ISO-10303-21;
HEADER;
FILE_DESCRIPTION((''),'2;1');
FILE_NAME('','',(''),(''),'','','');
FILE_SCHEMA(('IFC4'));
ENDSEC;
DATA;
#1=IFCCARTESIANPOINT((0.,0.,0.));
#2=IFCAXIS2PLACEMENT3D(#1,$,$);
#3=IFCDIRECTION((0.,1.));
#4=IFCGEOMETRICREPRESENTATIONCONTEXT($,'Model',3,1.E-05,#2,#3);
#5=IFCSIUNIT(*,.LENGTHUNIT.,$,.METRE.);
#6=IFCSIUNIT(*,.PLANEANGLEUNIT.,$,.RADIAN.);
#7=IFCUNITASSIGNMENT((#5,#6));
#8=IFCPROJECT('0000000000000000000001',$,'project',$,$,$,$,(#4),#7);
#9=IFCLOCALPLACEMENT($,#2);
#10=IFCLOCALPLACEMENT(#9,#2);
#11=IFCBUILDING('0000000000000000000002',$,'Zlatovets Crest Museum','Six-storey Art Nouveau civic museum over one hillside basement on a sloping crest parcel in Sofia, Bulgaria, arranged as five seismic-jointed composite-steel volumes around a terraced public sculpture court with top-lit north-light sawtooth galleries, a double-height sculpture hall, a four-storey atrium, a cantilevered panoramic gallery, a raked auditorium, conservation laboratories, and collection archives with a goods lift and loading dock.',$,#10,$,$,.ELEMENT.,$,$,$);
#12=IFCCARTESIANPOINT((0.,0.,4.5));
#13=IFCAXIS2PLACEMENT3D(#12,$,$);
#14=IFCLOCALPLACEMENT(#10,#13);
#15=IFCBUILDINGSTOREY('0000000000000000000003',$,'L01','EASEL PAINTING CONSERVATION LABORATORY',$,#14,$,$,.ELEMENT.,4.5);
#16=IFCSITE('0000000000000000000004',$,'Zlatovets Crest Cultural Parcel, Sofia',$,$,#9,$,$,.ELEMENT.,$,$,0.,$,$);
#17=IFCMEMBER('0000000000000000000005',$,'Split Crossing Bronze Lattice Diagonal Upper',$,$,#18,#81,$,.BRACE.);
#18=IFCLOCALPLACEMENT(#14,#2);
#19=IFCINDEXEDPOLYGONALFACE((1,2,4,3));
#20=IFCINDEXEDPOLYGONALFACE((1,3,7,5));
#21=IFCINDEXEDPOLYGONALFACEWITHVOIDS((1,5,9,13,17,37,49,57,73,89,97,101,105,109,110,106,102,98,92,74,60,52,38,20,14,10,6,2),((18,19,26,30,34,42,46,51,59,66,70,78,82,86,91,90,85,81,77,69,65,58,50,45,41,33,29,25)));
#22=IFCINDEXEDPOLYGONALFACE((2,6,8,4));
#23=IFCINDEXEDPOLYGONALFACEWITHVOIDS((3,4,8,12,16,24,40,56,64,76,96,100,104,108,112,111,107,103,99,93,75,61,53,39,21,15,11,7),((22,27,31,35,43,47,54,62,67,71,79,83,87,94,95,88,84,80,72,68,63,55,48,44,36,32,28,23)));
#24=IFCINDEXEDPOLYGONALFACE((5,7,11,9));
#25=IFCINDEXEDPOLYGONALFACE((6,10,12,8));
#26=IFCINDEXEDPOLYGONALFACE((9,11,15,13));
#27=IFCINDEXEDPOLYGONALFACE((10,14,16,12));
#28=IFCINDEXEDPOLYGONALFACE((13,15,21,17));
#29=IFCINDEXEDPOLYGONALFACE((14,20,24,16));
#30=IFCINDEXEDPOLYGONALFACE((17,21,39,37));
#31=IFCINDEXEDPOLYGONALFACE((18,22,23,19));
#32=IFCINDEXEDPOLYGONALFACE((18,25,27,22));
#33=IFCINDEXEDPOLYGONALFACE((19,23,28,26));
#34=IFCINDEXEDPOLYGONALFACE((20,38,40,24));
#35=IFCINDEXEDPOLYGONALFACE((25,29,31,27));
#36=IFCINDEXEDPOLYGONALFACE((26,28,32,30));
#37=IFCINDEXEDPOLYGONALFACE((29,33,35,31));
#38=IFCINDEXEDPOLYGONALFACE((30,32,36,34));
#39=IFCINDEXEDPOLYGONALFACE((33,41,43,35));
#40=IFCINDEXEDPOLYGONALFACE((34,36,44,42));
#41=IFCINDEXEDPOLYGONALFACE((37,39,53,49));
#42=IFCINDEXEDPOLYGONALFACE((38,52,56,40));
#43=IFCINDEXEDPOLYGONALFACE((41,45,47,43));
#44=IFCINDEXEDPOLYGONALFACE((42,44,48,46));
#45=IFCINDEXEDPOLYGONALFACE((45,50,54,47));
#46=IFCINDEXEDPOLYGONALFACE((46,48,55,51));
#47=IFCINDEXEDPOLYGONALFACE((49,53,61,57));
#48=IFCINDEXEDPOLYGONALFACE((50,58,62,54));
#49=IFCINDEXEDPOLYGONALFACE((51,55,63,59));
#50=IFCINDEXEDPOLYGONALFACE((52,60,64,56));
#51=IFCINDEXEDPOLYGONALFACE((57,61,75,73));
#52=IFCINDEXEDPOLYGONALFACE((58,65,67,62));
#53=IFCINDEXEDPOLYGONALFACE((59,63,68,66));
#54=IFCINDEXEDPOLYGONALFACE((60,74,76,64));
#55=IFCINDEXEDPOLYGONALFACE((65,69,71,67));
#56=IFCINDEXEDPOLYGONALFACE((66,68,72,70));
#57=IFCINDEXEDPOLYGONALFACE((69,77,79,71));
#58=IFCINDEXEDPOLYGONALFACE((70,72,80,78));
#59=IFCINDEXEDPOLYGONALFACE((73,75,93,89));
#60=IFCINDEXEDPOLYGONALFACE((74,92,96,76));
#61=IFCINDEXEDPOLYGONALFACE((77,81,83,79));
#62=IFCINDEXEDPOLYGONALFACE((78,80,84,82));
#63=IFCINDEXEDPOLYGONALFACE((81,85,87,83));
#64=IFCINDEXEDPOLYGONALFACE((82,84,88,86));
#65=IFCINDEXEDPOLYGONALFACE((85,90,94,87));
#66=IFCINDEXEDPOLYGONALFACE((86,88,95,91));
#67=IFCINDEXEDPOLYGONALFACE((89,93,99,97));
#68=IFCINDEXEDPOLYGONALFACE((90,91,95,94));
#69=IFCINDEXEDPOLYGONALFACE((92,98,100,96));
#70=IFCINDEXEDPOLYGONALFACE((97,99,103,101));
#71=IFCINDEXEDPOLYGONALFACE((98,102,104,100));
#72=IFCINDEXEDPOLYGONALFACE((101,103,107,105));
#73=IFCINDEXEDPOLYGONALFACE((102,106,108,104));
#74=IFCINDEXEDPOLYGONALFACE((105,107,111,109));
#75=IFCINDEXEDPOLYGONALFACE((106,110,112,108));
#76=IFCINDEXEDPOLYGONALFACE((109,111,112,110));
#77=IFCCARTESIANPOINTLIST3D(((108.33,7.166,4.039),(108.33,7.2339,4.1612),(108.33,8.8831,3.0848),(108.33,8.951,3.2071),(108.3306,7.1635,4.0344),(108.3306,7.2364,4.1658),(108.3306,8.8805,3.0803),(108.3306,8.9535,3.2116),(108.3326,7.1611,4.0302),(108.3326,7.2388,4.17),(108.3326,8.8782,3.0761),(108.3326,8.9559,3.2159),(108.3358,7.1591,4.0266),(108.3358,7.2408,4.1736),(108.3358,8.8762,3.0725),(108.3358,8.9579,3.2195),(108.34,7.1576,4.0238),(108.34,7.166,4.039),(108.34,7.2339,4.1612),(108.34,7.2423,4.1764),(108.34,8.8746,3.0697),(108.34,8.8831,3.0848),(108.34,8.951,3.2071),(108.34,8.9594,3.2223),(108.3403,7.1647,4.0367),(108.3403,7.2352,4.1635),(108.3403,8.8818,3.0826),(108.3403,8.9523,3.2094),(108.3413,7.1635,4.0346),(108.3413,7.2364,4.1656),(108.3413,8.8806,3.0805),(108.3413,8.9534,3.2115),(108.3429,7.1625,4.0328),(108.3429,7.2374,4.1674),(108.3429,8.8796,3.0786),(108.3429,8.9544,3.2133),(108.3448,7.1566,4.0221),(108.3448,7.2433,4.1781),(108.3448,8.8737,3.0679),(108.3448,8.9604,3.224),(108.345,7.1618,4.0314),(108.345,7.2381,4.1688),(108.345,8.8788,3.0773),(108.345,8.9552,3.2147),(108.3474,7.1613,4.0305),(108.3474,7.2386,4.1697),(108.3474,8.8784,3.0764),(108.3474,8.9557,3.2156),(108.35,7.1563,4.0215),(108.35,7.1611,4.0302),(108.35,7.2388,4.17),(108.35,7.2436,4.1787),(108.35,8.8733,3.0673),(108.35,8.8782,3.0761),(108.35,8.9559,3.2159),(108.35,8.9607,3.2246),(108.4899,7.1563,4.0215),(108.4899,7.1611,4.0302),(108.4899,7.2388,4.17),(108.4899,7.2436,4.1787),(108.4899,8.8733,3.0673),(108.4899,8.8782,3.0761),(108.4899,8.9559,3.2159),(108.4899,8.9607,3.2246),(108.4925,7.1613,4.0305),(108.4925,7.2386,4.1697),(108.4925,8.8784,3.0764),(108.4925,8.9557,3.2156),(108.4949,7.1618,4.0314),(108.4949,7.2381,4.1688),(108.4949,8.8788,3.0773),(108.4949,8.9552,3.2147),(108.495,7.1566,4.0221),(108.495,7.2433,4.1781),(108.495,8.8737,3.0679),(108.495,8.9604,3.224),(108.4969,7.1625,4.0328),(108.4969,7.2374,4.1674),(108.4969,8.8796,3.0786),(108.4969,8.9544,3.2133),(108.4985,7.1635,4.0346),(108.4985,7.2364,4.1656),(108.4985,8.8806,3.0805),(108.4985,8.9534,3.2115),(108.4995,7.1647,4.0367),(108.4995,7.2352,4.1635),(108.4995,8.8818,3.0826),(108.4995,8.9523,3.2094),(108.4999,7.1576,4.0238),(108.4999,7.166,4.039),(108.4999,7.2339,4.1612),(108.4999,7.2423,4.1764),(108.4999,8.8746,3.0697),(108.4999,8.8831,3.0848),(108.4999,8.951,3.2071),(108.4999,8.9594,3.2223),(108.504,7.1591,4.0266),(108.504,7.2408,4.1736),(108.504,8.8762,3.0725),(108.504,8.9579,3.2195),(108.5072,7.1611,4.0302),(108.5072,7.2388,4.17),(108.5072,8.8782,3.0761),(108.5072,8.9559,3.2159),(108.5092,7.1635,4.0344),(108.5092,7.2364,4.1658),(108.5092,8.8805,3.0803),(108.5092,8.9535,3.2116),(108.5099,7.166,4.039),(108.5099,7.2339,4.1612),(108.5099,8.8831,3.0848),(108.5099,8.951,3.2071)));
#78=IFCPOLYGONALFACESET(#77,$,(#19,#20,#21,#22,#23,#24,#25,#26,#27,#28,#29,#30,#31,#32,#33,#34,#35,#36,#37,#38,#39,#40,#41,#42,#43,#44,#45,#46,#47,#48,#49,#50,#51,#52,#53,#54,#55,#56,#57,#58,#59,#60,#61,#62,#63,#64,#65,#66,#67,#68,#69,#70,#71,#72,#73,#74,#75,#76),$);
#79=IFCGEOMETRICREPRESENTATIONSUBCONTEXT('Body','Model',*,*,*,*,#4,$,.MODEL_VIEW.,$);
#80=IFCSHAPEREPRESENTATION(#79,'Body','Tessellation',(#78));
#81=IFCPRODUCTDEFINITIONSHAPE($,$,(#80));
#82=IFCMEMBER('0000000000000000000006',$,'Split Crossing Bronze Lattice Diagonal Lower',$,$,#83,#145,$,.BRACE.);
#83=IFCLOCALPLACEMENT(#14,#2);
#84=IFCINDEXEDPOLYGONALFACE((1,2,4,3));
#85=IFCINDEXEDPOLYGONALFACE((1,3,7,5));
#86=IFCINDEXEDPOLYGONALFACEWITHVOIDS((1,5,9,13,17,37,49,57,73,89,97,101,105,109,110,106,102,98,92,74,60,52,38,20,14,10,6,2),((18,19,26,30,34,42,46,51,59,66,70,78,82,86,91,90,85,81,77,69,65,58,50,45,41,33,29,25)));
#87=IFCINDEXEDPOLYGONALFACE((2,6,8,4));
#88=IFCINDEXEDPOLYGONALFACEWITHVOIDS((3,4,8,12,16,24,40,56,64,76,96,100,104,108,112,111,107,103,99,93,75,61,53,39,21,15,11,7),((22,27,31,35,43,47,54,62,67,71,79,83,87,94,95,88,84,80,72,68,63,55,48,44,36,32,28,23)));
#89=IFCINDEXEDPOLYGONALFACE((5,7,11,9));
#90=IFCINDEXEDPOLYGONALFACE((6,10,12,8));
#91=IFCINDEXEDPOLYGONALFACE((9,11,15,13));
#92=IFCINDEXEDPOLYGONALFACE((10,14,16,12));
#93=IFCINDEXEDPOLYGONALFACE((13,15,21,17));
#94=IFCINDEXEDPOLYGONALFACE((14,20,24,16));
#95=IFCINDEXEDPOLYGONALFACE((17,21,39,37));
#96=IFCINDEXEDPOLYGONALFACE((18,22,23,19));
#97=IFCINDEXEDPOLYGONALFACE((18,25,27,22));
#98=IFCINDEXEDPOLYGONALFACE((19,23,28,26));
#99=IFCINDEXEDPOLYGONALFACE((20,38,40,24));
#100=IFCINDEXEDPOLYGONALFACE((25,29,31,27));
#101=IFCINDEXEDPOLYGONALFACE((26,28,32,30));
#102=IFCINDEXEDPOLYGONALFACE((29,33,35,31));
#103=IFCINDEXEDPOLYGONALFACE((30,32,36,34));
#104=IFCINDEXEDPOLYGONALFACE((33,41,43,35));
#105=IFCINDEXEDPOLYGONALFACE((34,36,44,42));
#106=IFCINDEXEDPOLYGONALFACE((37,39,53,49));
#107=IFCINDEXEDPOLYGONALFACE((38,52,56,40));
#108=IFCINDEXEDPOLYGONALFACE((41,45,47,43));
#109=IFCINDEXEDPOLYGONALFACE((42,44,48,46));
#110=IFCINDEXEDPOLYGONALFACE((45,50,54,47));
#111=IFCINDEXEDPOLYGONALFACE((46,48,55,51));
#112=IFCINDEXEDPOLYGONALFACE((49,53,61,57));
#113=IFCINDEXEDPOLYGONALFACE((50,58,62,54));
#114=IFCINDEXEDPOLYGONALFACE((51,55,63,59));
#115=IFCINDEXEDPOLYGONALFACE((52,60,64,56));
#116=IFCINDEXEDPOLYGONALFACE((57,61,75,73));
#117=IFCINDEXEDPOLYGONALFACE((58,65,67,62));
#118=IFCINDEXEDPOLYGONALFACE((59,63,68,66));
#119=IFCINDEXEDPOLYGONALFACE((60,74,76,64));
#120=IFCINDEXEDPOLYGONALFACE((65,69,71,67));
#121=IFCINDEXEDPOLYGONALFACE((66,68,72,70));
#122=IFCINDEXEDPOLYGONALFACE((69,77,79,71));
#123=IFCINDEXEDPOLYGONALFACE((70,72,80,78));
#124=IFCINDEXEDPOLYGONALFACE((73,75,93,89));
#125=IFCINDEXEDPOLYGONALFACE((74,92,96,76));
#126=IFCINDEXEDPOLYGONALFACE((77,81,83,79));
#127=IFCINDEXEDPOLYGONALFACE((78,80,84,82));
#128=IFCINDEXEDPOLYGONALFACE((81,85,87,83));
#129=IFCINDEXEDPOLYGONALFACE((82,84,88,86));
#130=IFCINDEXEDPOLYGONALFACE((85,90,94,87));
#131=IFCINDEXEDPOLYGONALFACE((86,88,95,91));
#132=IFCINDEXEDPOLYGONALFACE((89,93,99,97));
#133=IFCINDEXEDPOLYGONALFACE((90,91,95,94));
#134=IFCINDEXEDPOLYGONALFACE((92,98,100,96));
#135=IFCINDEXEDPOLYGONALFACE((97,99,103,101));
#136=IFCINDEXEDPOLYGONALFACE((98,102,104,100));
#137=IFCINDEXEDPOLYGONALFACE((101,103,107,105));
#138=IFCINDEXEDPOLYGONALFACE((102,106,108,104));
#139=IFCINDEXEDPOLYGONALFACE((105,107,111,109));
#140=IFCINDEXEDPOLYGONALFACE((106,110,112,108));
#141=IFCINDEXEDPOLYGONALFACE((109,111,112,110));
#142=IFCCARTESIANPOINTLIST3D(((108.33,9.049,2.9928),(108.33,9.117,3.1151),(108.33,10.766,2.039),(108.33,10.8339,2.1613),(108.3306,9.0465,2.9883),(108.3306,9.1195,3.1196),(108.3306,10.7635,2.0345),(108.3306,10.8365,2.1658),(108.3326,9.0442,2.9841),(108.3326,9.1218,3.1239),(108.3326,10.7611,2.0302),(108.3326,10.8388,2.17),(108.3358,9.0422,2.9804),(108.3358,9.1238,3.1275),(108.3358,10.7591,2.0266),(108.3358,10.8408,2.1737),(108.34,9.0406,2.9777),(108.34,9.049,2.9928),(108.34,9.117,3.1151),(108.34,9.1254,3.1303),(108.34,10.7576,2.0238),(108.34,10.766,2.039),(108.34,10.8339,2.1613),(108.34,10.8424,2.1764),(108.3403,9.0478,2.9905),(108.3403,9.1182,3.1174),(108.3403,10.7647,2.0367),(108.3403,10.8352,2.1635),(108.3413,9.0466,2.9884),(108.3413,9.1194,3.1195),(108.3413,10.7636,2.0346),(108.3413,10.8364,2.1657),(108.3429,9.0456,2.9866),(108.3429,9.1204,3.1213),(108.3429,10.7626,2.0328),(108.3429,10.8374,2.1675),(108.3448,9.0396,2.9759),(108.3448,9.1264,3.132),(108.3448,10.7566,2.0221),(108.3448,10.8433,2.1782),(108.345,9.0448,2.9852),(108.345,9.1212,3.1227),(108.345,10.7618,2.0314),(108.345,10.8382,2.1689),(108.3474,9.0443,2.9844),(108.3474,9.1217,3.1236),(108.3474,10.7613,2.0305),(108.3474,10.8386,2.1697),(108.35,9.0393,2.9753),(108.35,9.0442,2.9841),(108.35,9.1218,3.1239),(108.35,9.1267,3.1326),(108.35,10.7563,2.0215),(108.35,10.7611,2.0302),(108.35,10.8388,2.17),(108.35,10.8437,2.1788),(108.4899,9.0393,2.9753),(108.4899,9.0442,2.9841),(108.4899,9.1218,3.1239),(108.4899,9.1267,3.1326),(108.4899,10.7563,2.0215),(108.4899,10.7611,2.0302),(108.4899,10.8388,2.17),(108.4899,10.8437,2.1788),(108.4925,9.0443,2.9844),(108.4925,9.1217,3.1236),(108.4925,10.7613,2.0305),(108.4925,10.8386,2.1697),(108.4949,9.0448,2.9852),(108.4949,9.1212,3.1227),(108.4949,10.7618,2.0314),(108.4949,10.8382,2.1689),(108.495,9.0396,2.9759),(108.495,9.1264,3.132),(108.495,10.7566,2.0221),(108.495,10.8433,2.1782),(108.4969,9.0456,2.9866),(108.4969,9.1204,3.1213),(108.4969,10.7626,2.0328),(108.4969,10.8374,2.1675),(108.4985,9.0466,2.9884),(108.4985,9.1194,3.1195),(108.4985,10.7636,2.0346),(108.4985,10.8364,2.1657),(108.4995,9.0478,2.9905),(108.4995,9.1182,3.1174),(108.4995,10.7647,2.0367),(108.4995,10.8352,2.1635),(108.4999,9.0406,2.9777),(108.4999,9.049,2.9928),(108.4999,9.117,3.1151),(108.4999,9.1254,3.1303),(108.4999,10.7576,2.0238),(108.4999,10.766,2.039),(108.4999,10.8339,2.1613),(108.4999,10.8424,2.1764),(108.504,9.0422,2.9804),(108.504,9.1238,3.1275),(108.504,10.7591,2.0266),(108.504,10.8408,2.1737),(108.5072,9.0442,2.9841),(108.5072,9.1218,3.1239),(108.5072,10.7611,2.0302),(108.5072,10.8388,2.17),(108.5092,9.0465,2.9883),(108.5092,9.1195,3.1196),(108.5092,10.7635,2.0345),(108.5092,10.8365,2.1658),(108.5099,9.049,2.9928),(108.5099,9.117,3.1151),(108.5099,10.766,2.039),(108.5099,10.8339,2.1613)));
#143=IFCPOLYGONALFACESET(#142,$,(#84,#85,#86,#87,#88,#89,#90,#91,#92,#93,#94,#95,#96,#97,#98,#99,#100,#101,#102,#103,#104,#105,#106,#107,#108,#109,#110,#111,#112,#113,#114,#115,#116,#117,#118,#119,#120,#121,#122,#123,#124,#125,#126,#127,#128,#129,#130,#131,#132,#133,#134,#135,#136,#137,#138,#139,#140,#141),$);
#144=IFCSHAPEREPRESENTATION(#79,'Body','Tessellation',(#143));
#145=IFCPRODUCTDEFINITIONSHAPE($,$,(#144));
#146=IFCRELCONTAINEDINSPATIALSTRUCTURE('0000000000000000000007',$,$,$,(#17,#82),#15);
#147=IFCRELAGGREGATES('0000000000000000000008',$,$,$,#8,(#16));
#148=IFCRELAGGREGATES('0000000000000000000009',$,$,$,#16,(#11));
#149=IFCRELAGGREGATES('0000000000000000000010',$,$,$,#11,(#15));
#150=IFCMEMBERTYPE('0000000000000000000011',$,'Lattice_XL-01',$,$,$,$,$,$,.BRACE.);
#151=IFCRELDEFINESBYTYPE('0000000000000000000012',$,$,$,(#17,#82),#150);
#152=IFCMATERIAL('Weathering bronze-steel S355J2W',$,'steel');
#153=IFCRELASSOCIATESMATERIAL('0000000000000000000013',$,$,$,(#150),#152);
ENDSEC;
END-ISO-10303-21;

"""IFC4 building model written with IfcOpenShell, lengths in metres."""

from ifc_helpers import new_model, si_unit, direction, frame, origin, origin_2d, place, context, subcontext, project, spatial, hollow_rectangle, extrude, material, material_profile, profile_set, type_object, element, save


model = new_model("IFC4")

# Units and contexts
model_context = context("Model", 3, precision=1e-05, world=origin(), true_north=direction((0.0, 1.0)))
body_context = subcontext(model_context, "Body", "Model", "MODEL_VIEW")
ifc_project = project(units=[si_unit("LENGTHUNIT", "METRE"), si_unit("PLANEANGLEUNIT", "RADIAN")], contexts=[model_context])

# Site, building, storey
site_placement = place(None, origin())
site = spatial("IfcSite", under=ifc_project, at=site_placement, Name="Zlatovets Crest Cultural Parcel, Sofia", CompositionType="ELEMENT", RefElevation=0.0)
building_placement = place(site_placement, origin())
building = spatial("IfcBuilding", under=site, at=building_placement, Name="Zlatovets Crest Museum", Description="Six-storey Art Nouveau civic museum over one hillside basement on a sloping crest parcel in Sofia, Bulgaria, arranged as five seismic-jointed composite-steel volumes around a terraced public sculpture court with top-lit north-light sawtooth galleries, a double-height sculpture hall, a four-storey atrium, a cantilevered panoramic gallery, a raked auditorium, conservation laboratories, and collection archives with a goods lift and loading dock.", CompositionType="ELEMENT")
storey_placement = place(building_placement, frame((0.0, 0.0, 4.5)))
storey = spatial("IfcBuildingStorey", under=building, at=storey_placement, Name="L01", Description="EASEL PAINTING CONSERVATION LABORATORY", CompositionType="ELEMENT", Elevation=4.5)

# Members
ifc_material_1 = material(Name="Weathering bronze-steel S355J2W", Category="steel")
ifc_material_profile_1 = material_profile(ifc_material_1, hollow_rectangle(XDim=0.1799, YDim=0.1799, WallThickness=0.01, InnerFilletRadius=0.01, OuterFilletRadius=0.02, at=origin_2d()), Name="SHS 180x180x10.0")
ifc_profile_set_1 = profile_set([ifc_material_profile_1], Name="Weathering bronze-steel S355J2W")
member_type_1 = type_object("IfcMemberType", Name="Lattice_XL-01", PredefinedType="BRACE", material=ifc_profile_set_1)
member_1_placement = place(storey_placement, frame((108.4199, 7.2, 4.1001), z_axis=(0.0, 0.874116, -0.485717), x_axis=(-1.0, 0.0, 0.0)))
element("IfcMember", 1, at=member_1_placement, inside=storey, type_object=member_type_1, Name="Split Crossing Bronze Lattice Diagonal Upper", PredefinedType="BRACE", context=body_context, shape_type="SweptSolid", body=[
    extrude(hollow_rectangle(XDim=0.1799, YDim=0.1799, WallThickness=0.01, InnerFilletRadius=0.01, OuterFilletRadius=0.02, at=origin_2d()), origin(), (0.0, 0.0, 1.0), 1.9644),
])
member_2_placement = place(storey_placement, frame((108.4199, 9.083, 3.054), z_axis=(0.0, 0.874169, -0.485622), x_axis=(-1.0, 0.0, 0.0)))
element("IfcMember", 2, at=member_2_placement, inside=storey, type_object=member_type_1, Name="Split Crossing Bronze Lattice Diagonal Lower", PredefinedType="BRACE", context=body_context, shape_type="SweptSolid", body=[
    extrude(hollow_rectangle(XDim=0.1799, YDim=0.1799, WallThickness=0.01, InnerFilletRadius=0.01, OuterFilletRadius=0.02, at=origin_2d()), origin(), (0.0, 0.0, 1.0), 1.9641),
])

save(model, "model.ifc")
